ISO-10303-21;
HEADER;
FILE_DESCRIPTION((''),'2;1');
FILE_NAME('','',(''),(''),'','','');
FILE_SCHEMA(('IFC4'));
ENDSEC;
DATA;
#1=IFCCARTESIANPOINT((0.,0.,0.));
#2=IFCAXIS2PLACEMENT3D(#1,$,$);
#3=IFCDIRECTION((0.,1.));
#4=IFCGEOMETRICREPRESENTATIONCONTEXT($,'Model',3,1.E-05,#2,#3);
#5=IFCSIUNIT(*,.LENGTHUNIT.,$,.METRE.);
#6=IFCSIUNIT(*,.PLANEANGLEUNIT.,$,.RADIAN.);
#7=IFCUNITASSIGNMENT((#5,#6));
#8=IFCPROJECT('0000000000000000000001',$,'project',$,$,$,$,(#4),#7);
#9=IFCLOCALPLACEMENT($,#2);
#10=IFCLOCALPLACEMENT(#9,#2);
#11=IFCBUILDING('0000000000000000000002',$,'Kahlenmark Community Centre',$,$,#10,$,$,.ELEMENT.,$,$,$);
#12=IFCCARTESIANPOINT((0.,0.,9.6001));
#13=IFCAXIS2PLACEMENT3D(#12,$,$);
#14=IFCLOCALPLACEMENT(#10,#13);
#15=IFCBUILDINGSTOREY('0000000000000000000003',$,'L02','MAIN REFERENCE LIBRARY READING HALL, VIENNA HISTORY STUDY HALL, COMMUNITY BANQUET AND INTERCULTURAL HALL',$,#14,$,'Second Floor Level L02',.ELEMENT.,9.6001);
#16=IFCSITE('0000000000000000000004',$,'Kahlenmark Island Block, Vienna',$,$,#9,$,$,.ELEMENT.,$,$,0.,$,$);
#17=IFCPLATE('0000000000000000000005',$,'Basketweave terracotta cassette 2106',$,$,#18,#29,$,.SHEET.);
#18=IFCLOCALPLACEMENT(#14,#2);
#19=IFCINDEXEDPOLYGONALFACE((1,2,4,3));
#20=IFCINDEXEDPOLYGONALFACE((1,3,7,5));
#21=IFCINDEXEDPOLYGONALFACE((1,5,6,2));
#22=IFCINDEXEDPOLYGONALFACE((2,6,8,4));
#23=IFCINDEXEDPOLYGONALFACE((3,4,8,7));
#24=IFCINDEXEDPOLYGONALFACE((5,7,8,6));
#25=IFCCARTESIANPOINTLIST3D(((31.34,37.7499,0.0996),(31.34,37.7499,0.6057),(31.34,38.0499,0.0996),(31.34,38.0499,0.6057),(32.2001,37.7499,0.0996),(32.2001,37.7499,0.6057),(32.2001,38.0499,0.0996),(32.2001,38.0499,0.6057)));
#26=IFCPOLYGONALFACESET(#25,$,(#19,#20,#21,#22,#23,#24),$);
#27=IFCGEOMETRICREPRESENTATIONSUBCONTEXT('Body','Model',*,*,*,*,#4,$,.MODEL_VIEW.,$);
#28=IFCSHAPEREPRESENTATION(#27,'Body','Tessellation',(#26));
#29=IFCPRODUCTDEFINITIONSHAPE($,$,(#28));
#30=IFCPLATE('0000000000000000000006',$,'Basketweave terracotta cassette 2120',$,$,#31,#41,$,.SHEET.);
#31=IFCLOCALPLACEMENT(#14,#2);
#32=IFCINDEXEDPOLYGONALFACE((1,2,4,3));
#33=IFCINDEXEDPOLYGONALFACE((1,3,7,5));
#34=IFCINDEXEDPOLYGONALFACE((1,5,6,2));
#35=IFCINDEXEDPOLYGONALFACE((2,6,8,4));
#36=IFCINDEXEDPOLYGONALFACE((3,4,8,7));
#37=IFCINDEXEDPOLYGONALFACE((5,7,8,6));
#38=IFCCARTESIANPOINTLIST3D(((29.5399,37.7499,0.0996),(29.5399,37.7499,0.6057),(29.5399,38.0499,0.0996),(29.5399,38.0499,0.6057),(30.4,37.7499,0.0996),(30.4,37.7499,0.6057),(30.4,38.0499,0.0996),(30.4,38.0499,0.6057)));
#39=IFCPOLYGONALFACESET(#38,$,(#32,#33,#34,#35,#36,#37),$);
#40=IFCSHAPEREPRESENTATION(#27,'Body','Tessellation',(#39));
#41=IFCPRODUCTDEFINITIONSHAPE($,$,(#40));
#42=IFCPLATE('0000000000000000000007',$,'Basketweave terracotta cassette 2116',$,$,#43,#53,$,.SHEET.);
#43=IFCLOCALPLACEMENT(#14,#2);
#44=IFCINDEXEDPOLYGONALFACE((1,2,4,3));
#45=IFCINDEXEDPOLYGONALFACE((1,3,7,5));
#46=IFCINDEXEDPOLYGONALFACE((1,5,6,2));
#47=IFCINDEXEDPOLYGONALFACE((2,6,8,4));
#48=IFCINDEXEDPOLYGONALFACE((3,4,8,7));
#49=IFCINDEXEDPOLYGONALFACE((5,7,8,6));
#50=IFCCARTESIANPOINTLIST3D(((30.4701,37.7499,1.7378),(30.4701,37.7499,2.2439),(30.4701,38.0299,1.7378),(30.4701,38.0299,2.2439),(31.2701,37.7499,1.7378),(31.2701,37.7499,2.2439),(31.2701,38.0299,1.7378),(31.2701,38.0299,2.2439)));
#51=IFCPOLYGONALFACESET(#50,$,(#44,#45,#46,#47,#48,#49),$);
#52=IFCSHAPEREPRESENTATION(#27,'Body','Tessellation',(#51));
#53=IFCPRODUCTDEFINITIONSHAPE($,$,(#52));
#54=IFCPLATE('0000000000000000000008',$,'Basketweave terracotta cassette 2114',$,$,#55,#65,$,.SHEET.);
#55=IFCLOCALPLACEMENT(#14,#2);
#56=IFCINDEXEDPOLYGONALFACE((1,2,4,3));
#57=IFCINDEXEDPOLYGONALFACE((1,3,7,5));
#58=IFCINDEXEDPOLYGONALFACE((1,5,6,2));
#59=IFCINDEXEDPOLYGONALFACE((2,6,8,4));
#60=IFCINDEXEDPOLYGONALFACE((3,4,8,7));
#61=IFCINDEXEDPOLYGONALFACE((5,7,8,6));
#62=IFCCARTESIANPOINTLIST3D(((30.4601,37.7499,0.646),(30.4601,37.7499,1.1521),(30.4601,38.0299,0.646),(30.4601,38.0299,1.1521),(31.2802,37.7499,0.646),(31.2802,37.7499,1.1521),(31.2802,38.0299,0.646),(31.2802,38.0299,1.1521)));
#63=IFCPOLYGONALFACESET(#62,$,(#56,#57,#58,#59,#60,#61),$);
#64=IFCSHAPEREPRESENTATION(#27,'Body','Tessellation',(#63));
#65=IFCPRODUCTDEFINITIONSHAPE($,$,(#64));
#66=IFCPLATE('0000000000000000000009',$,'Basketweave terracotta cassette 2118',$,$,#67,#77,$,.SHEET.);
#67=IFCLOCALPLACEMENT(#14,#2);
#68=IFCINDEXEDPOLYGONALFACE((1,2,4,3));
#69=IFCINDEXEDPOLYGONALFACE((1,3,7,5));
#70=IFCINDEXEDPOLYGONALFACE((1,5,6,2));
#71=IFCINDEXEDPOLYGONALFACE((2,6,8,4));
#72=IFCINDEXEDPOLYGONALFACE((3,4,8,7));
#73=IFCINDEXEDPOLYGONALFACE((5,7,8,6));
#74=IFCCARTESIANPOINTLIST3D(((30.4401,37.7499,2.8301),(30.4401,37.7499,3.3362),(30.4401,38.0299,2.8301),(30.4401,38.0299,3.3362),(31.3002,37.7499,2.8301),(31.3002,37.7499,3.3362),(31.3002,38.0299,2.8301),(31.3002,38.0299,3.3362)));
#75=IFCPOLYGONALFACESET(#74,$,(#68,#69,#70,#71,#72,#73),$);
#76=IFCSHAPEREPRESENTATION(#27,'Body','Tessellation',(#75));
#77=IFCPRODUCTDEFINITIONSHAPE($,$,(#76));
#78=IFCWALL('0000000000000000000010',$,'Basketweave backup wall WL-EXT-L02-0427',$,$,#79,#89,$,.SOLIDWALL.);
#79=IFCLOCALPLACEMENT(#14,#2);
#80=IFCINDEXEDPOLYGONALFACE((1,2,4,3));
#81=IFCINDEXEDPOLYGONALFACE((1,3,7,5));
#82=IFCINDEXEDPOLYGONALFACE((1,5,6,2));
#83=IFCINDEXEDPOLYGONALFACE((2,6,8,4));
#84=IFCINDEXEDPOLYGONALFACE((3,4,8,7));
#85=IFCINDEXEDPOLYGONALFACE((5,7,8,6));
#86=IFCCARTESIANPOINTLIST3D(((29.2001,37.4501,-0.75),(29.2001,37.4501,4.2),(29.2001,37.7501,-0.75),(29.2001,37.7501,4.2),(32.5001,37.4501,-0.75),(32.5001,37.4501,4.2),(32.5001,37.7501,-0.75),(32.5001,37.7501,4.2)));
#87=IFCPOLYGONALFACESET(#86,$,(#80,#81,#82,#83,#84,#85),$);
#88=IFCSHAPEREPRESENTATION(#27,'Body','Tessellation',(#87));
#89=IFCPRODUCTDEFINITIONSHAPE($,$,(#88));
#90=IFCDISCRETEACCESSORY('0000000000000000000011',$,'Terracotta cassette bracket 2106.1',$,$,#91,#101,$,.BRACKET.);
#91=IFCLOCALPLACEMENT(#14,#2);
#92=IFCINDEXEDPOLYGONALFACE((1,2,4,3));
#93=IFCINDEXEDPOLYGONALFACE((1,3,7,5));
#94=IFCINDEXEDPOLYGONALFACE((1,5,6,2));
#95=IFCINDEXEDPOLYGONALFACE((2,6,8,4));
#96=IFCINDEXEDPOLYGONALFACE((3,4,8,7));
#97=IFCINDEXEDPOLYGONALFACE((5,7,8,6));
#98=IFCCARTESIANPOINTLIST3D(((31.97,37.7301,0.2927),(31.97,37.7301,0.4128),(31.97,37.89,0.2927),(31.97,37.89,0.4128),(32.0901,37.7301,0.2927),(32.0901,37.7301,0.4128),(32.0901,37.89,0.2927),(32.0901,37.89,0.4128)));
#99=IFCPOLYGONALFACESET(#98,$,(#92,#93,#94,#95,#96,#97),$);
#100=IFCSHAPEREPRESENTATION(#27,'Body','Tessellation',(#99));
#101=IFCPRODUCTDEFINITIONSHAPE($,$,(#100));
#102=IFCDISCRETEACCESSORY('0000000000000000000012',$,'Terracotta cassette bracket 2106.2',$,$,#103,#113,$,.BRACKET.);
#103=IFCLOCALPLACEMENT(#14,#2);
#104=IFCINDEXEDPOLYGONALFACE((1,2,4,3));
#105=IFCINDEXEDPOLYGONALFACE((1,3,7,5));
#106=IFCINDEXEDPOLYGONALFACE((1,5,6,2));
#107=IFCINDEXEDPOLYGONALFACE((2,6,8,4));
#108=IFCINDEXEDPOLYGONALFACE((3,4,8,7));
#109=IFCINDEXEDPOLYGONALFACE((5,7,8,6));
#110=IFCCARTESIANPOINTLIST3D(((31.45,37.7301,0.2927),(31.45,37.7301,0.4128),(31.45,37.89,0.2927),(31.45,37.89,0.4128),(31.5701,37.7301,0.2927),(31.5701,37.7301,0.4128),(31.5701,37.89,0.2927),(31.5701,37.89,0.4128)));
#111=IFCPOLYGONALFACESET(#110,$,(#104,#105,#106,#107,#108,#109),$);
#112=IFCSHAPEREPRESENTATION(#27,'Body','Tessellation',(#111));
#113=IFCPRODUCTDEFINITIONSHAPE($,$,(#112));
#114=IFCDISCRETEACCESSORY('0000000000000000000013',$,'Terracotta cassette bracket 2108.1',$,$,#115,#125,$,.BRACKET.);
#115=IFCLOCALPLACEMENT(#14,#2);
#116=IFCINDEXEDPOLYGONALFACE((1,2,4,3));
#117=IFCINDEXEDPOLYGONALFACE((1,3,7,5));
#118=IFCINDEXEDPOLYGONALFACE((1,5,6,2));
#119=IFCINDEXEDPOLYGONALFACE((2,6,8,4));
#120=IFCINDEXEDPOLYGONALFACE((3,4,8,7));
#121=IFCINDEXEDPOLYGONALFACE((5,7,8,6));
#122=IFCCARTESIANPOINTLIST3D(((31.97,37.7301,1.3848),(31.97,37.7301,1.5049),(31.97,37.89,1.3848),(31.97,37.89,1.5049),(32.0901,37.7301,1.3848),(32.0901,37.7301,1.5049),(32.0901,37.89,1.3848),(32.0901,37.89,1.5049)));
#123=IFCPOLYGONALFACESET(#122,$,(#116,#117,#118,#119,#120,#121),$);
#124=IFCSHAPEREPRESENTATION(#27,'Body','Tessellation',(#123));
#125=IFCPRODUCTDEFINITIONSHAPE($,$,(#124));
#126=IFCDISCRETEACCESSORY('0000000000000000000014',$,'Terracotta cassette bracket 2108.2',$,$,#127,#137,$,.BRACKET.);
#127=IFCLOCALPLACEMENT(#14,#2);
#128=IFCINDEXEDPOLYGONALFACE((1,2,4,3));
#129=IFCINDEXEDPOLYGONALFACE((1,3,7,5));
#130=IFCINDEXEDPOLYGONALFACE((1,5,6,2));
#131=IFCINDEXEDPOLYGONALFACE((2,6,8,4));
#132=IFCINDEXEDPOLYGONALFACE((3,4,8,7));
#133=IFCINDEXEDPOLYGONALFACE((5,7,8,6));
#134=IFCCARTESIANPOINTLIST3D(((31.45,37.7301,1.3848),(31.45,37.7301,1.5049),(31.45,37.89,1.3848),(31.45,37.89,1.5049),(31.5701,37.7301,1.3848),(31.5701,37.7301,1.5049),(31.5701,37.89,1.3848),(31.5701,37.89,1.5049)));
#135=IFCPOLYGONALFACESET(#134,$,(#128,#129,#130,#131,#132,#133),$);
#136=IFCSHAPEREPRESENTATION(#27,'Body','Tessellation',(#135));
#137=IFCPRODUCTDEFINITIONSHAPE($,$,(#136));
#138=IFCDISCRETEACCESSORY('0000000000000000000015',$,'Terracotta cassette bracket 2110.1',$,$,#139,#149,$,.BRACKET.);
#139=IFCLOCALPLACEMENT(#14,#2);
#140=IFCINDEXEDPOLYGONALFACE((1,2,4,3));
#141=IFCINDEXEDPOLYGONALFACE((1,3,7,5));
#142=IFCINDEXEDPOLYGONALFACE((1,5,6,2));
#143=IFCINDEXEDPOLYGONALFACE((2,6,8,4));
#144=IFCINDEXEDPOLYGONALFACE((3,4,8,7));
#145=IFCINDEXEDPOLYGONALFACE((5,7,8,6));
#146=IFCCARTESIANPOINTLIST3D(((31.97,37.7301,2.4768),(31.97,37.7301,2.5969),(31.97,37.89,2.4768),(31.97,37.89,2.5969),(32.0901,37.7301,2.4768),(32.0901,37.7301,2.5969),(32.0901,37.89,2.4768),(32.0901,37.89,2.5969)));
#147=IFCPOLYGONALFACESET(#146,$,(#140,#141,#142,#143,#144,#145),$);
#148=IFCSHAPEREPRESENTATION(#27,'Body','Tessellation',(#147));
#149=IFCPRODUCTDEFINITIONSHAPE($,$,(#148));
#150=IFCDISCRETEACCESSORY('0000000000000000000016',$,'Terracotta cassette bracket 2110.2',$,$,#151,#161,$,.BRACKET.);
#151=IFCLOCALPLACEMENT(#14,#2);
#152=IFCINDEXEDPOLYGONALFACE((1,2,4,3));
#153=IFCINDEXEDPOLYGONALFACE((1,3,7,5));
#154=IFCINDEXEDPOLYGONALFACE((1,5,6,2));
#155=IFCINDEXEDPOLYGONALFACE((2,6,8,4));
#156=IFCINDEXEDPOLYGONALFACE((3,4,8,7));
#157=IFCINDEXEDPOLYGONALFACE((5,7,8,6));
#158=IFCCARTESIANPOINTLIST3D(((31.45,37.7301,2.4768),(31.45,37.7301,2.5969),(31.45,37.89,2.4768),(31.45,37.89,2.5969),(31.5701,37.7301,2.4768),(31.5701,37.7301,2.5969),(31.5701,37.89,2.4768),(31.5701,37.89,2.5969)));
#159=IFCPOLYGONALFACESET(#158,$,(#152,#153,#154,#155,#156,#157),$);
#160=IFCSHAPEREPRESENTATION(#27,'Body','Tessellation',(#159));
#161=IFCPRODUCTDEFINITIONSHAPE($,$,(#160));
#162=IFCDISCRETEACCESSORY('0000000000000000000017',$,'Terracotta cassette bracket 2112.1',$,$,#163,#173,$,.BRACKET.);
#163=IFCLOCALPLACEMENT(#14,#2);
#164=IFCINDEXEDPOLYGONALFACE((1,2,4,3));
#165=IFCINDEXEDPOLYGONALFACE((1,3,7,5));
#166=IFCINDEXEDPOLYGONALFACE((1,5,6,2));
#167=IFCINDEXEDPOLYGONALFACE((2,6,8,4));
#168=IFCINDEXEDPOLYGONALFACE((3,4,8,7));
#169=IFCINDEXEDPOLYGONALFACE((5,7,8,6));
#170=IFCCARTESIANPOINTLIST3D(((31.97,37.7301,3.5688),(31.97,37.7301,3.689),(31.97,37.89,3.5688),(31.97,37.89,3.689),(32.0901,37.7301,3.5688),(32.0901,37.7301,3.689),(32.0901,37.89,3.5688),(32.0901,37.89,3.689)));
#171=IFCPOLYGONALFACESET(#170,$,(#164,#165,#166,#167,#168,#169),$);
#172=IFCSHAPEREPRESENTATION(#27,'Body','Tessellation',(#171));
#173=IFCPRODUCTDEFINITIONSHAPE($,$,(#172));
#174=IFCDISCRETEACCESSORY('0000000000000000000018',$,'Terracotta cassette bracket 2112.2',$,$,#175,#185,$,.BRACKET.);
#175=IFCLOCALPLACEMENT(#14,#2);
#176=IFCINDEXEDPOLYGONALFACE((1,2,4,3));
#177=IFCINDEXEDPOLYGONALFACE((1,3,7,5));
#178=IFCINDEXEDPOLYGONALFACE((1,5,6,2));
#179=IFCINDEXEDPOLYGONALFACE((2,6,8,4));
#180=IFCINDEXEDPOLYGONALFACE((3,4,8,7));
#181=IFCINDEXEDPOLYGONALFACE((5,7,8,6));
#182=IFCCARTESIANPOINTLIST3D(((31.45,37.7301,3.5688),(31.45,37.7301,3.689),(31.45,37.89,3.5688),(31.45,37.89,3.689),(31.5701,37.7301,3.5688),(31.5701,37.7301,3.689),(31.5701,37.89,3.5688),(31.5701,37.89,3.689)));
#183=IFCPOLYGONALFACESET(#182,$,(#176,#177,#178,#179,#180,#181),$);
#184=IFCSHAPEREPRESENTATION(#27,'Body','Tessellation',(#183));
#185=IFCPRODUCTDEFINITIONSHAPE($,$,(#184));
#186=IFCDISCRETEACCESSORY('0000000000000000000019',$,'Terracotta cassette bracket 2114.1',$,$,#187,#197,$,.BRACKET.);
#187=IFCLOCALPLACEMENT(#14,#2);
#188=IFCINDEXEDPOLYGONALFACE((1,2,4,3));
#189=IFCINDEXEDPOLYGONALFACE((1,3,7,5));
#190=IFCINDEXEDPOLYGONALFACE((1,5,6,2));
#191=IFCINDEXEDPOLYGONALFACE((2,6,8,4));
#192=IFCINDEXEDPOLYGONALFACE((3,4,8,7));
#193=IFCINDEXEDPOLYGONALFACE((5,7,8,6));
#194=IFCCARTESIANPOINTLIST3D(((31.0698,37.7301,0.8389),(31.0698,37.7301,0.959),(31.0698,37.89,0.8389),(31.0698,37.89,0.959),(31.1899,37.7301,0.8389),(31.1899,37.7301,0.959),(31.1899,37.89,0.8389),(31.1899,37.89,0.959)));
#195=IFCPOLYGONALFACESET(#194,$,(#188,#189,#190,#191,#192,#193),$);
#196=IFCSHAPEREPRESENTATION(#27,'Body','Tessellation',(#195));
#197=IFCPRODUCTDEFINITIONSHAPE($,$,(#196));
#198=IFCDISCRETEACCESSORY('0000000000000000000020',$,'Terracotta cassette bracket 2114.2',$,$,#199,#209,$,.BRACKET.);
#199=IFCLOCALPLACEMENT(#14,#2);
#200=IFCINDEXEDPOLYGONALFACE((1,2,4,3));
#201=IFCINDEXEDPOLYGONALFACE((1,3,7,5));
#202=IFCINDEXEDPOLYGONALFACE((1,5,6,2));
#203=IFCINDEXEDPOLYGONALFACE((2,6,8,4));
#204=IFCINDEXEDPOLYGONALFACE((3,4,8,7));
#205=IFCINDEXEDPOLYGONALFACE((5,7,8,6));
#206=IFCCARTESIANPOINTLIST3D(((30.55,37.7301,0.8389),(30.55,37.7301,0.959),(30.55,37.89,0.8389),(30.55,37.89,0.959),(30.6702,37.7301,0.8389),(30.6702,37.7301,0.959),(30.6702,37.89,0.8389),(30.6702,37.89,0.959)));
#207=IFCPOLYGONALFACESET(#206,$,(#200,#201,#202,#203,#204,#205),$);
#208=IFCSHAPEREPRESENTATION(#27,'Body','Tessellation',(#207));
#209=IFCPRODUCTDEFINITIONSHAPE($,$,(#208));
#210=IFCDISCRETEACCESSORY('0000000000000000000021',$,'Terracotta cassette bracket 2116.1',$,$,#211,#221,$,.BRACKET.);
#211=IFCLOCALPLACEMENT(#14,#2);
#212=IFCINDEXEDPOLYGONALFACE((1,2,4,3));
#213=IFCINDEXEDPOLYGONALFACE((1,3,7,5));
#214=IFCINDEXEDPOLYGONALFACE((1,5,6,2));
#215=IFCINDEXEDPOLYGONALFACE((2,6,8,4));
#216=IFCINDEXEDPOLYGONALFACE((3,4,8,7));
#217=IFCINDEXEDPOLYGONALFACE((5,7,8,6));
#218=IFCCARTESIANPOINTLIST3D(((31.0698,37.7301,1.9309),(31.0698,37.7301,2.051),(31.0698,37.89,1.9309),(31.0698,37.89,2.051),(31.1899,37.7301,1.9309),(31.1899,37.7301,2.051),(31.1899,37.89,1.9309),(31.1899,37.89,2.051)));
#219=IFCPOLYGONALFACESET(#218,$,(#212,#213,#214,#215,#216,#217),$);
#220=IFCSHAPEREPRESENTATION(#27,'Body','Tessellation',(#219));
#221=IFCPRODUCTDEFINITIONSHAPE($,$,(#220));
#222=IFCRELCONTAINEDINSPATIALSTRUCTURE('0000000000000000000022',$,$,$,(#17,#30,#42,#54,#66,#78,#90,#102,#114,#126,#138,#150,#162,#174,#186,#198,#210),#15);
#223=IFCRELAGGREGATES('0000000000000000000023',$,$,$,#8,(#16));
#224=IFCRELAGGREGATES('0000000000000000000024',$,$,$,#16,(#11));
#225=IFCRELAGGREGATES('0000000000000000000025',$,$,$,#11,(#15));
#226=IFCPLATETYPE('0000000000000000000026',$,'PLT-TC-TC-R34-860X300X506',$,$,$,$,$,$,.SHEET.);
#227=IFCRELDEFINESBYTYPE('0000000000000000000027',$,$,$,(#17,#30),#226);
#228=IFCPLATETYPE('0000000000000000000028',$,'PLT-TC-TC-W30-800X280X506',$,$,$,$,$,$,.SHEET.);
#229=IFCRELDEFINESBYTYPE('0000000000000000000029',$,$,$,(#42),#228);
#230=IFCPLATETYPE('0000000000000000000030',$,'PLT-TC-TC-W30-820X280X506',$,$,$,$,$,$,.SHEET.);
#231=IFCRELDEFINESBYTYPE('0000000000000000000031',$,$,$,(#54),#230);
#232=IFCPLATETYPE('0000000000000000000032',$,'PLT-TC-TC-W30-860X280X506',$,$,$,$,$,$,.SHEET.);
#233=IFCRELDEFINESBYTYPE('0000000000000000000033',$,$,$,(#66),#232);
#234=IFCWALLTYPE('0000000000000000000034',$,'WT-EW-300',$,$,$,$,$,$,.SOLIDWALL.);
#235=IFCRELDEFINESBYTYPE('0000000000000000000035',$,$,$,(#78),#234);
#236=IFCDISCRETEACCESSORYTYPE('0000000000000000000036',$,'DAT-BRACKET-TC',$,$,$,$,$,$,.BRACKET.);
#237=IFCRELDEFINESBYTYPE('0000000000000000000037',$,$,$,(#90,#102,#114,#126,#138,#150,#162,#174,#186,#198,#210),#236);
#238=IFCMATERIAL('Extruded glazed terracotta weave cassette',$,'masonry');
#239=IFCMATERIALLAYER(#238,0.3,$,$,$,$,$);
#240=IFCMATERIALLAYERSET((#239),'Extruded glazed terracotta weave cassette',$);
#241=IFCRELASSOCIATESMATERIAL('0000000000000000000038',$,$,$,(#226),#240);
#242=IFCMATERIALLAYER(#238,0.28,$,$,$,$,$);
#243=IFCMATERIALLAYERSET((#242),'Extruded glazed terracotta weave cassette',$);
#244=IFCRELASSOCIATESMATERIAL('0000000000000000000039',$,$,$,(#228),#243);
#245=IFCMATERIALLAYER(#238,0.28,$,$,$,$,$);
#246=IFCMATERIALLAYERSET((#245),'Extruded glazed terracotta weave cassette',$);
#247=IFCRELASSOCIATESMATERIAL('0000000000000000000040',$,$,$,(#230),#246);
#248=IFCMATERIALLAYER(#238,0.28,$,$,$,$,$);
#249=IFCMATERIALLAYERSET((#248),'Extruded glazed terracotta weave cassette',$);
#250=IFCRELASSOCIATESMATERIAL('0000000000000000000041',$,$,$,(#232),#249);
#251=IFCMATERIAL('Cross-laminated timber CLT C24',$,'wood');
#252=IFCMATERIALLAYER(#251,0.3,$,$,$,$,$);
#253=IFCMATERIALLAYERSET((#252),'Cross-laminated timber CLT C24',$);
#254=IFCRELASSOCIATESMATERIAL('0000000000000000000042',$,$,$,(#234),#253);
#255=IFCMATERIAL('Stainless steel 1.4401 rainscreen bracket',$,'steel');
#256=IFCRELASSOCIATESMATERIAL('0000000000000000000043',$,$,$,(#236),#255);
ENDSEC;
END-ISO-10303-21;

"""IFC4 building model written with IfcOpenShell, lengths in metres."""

from ifc_helpers import new_model, si_unit, direction, frame, frame_2d, origin, origin_2d, place, context, subcontext, project, spatial, rectangle, extrude, material, layer, layer_set, type_object, element, save


model = new_model("IFC4")

# Units and contexts
model_context = context("Model", 3, precision=1e-05, world=origin(), true_north=direction((0.0, 1.0)))
body_context = subcontext(model_context, "Body", "Model", "MODEL_VIEW")
ifc_project = project(units=[si_unit("LENGTHUNIT", "METRE"), si_unit("PLANEANGLEUNIT", "RADIAN")], contexts=[model_context])

# Site, building, storey
site_placement = place(None, origin())
site = spatial("IfcSite", under=ifc_project, at=site_placement, Name="Kahlenmark Island Block, Vienna", CompositionType="ELEMENT", RefElevation=0.0)
building_placement = place(site_placement, origin())
building = spatial("IfcBuilding", under=site, at=building_placement, Name="Kahlenmark Community Centre", CompositionType="ELEMENT")
storey_placement = place(building_placement, frame((0.0, 0.0, 9.6001)))
storey = spatial("IfcBuildingStorey", under=building, at=storey_placement, Name="L02", Description="MAIN REFERENCE LIBRARY READING HALL, VIENNA HISTORY STUDY HALL, COMMUNITY BANQUET AND INTERCULTURAL HALL", LongName="Second Floor Level L02", CompositionType="ELEMENT", Elevation=9.6001)

# Plates
ifc_material_1 = material(Name="Extruded glazed terracotta weave cassette", Category="masonry")
ifc_layer_1 = layer(ifc_material_1, 0.3)
ifc_layer_set_1 = layer_set([ifc_layer_1], Name="Extruded glazed terracotta weave cassette")
plate_type_1 = type_object("IfcPlateType", Name="PLT-TC-TC-R34-860X300X506", PredefinedType="SHEET", material=ifc_layer_set_1)
for number, where, z_axis, x_axis, name in (
    (1, (31.77, 37.8999, 0.0996), (0.0, 0.0, 1.0), (-1.0, 0.0, 0.0), "Basketweave terracotta cassette 2106"),
    (2, (29.97, 37.8999, 0.0996), (0.0, 0.0, 1.0), (-1.0, 0.0, 0.0), "Basketweave terracotta cassette 2120"),
):
    element("IfcPlate", number, at=place(storey_placement, frame(where, z_axis=z_axis, x_axis=x_axis)), inside=storey, type_object=plate_type_1, Name=name, PredefinedType="SHEET", context=body_context, shape_type="SweptSolid", body=[
        extrude(rectangle(XDim=0.8601, YDim=0.3, at=origin_2d()), origin(), (0.0, 0.0, 1.0), 0.5061),
    ])
ifc_layer_2 = layer(ifc_material_1, 0.28)
ifc_layer_set_2 = layer_set([ifc_layer_2], Name="Extruded glazed terracotta weave cassette")
plate_type_2 = type_object("IfcPlateType", Name="PLT-TC-TC-W30-800X280X506", PredefinedType="SHEET", material=ifc_layer_set_2)
plate_1_placement = place(storey_placement, frame((30.8701, 37.8899, 1.7378), z_axis=(0.0, 0.0, 1.0), x_axis=(-1.0, 0.0, 0.0)))
element("IfcPlate", 3, at=plate_1_placement, inside=storey, type_object=plate_type_2, Name="Basketweave terracotta cassette 2116", PredefinedType="SHEET", context=body_context, shape_type="SweptSolid", body=[
    extrude(rectangle(XDim=0.8, YDim=0.28, at=origin_2d()), origin(), (0.0, 0.0, 1.0), 0.5061),
])
ifc_layer_3 = layer(ifc_material_1, 0.28)
ifc_layer_set_3 = layer_set([ifc_layer_3], Name="Extruded glazed terracotta weave cassette")
plate_type_3 = type_object("IfcPlateType", Name="PLT-TC-TC-W30-820X280X506", PredefinedType="SHEET", material=ifc_layer_set_3)
plate_2_placement = place(storey_placement, frame((30.8701, 37.8899, 0.646), z_axis=(0.0, 0.0, 1.0), x_axis=(-1.0, 0.0, 0.0)))
element("IfcPlate", 4, at=plate_2_placement, inside=storey, type_object=plate_type_3, Name="Basketweave terracotta cassette 2114", PredefinedType="SHEET", context=body_context, shape_type="SweptSolid", body=[
    extrude(rectangle(XDim=0.8201, YDim=0.28, at=origin_2d()), origin(), (0.0, 0.0, 1.0), 0.5061),
])
ifc_layer_4 = layer(ifc_material_1, 0.28)
ifc_layer_set_4 = layer_set([ifc_layer_4], Name="Extruded glazed terracotta weave cassette")
plate_type_4 = type_object("IfcPlateType", Name="PLT-TC-TC-W30-860X280X506", PredefinedType="SHEET", material=ifc_layer_set_4)
plate_3_placement = place(storey_placement, frame((30.8701, 37.8899, 2.8301), z_axis=(0.0, 0.0, 1.0), x_axis=(-1.0, 0.0, 0.0)))
element("IfcPlate", 5, at=plate_3_placement, inside=storey, type_object=plate_type_4, Name="Basketweave terracotta cassette 2118", PredefinedType="SHEET", context=body_context, shape_type="SweptSolid", body=[
    extrude(rectangle(XDim=0.8601, YDim=0.28, at=origin_2d()), origin(), (0.0, 0.0, 1.0), 0.5061),
])

# Wall
ifc_material_2 = material(Name="Cross-laminated timber CLT C24", Category="wood")
ifc_layer_5 = layer(ifc_material_2, 0.3)
ifc_layer_set_5 = layer_set([ifc_layer_5], Name="Cross-laminated timber CLT C24")
wall_type = type_object("IfcWallType", Name="WT-EW-300", PredefinedType="SOLIDWALL", material=ifc_layer_set_5)
wall_placement = place(storey_placement, frame((32.5, 37.6001, -0.75), z_axis=(0.0, 0.0, 1.0), x_axis=(-1.0, 0.0, 0.0)))
element("IfcWall", 6, at=wall_placement, inside=storey, type_object=wall_type, Name="Basketweave backup wall WL-EXT-L02-0427", PredefinedType="SOLIDWALL", context=body_context, shape_type="SweptSolid", body=[
    extrude(rectangle(XDim=3.3, YDim=0.3, at=frame_2d((1.6499, 0.0))), origin(), (0.0, 0.0, 1.0), 4.95),
])

# Discrete accessories
ifc_material_3 = material(Name="Stainless steel 1.4401 rainscreen bracket", Category="steel")
discrete_accessory_type = type_object("IfcDiscreteAccessoryType", Name="DAT-BRACKET-TC", PredefinedType="BRACKET", material=ifc_material_3)
for number, where, z_axis, x_axis, name in (
    (7, (32.03, 37.8101, 0.2927), (0.0, 0.0, 1.0), (-1.0, 0.0, 0.0), "Terracotta cassette bracket 2106.1"),
    (8, (31.51, 37.8101, 0.2927), (0.0, 0.0, 1.0), (-1.0, 0.0, 0.0), "Terracotta cassette bracket 2106.2"),
    (9, (32.03, 37.8101, 1.3848), (0.0, 0.0, 1.0), (-1.0, 0.0, 0.0), "Terracotta cassette bracket 2108.1"),
    (10, (31.51, 37.8101, 1.3848), (0.0, 0.0, 1.0), (-1.0, 0.0, 0.0), "Terracotta cassette bracket 2108.2"),
    (11, (32.03, 37.8101, 2.4768), (0.0, 0.0, 1.0), (-1.0, 0.0, 0.0), "Terracotta cassette bracket 2110.1"),
    (12, (31.51, 37.8101, 2.4768), (0.0, 0.0, 1.0), (-1.0, 0.0, 0.0), "Terracotta cassette bracket 2110.2"),
    (13, (32.03, 37.8101, 3.5688), (0.0, 0.0, 1.0), (-1.0, 0.0, 0.0), "Terracotta cassette bracket 2112.1"),
    (14, (31.51, 37.8101, 3.5688), (0.0, 0.0, 1.0), (-1.0, 0.0, 0.0), "Terracotta cassette bracket 2112.2"),
    (15, (31.1299, 37.8101, 0.8389), (0.0, 0.0, 1.0), (-1.0, 0.0, 0.0), "Terracotta cassette bracket 2114.1"),
    (16, (30.6101, 37.8101, 0.8389), (0.0, 0.0, 1.0), (-1.0, 0.0, 0.0), "Terracotta cassette bracket 2114.2"),
    (17, (31.1299, 37.8101, 1.9309), (0.0, 0.0, 1.0), (-1.0, 0.0, 0.0), "Terracotta cassette bracket 2116.1"),
):
    element("IfcDiscreteAccessory", number, at=place(storey_placement, frame(where, z_axis=z_axis, x_axis=x_axis)), inside=storey, type_object=discrete_accessory_type, Name=name, PredefinedType="BRACKET", context=body_context, shape_type="SweptSolid", body=[
        extrude(rectangle(XDim=0.1201, YDim=0.1599, at=origin_2d()), origin(), (0.0, 0.0, 1.0), 0.1201),
    ])

save(model, "model.ifc")
